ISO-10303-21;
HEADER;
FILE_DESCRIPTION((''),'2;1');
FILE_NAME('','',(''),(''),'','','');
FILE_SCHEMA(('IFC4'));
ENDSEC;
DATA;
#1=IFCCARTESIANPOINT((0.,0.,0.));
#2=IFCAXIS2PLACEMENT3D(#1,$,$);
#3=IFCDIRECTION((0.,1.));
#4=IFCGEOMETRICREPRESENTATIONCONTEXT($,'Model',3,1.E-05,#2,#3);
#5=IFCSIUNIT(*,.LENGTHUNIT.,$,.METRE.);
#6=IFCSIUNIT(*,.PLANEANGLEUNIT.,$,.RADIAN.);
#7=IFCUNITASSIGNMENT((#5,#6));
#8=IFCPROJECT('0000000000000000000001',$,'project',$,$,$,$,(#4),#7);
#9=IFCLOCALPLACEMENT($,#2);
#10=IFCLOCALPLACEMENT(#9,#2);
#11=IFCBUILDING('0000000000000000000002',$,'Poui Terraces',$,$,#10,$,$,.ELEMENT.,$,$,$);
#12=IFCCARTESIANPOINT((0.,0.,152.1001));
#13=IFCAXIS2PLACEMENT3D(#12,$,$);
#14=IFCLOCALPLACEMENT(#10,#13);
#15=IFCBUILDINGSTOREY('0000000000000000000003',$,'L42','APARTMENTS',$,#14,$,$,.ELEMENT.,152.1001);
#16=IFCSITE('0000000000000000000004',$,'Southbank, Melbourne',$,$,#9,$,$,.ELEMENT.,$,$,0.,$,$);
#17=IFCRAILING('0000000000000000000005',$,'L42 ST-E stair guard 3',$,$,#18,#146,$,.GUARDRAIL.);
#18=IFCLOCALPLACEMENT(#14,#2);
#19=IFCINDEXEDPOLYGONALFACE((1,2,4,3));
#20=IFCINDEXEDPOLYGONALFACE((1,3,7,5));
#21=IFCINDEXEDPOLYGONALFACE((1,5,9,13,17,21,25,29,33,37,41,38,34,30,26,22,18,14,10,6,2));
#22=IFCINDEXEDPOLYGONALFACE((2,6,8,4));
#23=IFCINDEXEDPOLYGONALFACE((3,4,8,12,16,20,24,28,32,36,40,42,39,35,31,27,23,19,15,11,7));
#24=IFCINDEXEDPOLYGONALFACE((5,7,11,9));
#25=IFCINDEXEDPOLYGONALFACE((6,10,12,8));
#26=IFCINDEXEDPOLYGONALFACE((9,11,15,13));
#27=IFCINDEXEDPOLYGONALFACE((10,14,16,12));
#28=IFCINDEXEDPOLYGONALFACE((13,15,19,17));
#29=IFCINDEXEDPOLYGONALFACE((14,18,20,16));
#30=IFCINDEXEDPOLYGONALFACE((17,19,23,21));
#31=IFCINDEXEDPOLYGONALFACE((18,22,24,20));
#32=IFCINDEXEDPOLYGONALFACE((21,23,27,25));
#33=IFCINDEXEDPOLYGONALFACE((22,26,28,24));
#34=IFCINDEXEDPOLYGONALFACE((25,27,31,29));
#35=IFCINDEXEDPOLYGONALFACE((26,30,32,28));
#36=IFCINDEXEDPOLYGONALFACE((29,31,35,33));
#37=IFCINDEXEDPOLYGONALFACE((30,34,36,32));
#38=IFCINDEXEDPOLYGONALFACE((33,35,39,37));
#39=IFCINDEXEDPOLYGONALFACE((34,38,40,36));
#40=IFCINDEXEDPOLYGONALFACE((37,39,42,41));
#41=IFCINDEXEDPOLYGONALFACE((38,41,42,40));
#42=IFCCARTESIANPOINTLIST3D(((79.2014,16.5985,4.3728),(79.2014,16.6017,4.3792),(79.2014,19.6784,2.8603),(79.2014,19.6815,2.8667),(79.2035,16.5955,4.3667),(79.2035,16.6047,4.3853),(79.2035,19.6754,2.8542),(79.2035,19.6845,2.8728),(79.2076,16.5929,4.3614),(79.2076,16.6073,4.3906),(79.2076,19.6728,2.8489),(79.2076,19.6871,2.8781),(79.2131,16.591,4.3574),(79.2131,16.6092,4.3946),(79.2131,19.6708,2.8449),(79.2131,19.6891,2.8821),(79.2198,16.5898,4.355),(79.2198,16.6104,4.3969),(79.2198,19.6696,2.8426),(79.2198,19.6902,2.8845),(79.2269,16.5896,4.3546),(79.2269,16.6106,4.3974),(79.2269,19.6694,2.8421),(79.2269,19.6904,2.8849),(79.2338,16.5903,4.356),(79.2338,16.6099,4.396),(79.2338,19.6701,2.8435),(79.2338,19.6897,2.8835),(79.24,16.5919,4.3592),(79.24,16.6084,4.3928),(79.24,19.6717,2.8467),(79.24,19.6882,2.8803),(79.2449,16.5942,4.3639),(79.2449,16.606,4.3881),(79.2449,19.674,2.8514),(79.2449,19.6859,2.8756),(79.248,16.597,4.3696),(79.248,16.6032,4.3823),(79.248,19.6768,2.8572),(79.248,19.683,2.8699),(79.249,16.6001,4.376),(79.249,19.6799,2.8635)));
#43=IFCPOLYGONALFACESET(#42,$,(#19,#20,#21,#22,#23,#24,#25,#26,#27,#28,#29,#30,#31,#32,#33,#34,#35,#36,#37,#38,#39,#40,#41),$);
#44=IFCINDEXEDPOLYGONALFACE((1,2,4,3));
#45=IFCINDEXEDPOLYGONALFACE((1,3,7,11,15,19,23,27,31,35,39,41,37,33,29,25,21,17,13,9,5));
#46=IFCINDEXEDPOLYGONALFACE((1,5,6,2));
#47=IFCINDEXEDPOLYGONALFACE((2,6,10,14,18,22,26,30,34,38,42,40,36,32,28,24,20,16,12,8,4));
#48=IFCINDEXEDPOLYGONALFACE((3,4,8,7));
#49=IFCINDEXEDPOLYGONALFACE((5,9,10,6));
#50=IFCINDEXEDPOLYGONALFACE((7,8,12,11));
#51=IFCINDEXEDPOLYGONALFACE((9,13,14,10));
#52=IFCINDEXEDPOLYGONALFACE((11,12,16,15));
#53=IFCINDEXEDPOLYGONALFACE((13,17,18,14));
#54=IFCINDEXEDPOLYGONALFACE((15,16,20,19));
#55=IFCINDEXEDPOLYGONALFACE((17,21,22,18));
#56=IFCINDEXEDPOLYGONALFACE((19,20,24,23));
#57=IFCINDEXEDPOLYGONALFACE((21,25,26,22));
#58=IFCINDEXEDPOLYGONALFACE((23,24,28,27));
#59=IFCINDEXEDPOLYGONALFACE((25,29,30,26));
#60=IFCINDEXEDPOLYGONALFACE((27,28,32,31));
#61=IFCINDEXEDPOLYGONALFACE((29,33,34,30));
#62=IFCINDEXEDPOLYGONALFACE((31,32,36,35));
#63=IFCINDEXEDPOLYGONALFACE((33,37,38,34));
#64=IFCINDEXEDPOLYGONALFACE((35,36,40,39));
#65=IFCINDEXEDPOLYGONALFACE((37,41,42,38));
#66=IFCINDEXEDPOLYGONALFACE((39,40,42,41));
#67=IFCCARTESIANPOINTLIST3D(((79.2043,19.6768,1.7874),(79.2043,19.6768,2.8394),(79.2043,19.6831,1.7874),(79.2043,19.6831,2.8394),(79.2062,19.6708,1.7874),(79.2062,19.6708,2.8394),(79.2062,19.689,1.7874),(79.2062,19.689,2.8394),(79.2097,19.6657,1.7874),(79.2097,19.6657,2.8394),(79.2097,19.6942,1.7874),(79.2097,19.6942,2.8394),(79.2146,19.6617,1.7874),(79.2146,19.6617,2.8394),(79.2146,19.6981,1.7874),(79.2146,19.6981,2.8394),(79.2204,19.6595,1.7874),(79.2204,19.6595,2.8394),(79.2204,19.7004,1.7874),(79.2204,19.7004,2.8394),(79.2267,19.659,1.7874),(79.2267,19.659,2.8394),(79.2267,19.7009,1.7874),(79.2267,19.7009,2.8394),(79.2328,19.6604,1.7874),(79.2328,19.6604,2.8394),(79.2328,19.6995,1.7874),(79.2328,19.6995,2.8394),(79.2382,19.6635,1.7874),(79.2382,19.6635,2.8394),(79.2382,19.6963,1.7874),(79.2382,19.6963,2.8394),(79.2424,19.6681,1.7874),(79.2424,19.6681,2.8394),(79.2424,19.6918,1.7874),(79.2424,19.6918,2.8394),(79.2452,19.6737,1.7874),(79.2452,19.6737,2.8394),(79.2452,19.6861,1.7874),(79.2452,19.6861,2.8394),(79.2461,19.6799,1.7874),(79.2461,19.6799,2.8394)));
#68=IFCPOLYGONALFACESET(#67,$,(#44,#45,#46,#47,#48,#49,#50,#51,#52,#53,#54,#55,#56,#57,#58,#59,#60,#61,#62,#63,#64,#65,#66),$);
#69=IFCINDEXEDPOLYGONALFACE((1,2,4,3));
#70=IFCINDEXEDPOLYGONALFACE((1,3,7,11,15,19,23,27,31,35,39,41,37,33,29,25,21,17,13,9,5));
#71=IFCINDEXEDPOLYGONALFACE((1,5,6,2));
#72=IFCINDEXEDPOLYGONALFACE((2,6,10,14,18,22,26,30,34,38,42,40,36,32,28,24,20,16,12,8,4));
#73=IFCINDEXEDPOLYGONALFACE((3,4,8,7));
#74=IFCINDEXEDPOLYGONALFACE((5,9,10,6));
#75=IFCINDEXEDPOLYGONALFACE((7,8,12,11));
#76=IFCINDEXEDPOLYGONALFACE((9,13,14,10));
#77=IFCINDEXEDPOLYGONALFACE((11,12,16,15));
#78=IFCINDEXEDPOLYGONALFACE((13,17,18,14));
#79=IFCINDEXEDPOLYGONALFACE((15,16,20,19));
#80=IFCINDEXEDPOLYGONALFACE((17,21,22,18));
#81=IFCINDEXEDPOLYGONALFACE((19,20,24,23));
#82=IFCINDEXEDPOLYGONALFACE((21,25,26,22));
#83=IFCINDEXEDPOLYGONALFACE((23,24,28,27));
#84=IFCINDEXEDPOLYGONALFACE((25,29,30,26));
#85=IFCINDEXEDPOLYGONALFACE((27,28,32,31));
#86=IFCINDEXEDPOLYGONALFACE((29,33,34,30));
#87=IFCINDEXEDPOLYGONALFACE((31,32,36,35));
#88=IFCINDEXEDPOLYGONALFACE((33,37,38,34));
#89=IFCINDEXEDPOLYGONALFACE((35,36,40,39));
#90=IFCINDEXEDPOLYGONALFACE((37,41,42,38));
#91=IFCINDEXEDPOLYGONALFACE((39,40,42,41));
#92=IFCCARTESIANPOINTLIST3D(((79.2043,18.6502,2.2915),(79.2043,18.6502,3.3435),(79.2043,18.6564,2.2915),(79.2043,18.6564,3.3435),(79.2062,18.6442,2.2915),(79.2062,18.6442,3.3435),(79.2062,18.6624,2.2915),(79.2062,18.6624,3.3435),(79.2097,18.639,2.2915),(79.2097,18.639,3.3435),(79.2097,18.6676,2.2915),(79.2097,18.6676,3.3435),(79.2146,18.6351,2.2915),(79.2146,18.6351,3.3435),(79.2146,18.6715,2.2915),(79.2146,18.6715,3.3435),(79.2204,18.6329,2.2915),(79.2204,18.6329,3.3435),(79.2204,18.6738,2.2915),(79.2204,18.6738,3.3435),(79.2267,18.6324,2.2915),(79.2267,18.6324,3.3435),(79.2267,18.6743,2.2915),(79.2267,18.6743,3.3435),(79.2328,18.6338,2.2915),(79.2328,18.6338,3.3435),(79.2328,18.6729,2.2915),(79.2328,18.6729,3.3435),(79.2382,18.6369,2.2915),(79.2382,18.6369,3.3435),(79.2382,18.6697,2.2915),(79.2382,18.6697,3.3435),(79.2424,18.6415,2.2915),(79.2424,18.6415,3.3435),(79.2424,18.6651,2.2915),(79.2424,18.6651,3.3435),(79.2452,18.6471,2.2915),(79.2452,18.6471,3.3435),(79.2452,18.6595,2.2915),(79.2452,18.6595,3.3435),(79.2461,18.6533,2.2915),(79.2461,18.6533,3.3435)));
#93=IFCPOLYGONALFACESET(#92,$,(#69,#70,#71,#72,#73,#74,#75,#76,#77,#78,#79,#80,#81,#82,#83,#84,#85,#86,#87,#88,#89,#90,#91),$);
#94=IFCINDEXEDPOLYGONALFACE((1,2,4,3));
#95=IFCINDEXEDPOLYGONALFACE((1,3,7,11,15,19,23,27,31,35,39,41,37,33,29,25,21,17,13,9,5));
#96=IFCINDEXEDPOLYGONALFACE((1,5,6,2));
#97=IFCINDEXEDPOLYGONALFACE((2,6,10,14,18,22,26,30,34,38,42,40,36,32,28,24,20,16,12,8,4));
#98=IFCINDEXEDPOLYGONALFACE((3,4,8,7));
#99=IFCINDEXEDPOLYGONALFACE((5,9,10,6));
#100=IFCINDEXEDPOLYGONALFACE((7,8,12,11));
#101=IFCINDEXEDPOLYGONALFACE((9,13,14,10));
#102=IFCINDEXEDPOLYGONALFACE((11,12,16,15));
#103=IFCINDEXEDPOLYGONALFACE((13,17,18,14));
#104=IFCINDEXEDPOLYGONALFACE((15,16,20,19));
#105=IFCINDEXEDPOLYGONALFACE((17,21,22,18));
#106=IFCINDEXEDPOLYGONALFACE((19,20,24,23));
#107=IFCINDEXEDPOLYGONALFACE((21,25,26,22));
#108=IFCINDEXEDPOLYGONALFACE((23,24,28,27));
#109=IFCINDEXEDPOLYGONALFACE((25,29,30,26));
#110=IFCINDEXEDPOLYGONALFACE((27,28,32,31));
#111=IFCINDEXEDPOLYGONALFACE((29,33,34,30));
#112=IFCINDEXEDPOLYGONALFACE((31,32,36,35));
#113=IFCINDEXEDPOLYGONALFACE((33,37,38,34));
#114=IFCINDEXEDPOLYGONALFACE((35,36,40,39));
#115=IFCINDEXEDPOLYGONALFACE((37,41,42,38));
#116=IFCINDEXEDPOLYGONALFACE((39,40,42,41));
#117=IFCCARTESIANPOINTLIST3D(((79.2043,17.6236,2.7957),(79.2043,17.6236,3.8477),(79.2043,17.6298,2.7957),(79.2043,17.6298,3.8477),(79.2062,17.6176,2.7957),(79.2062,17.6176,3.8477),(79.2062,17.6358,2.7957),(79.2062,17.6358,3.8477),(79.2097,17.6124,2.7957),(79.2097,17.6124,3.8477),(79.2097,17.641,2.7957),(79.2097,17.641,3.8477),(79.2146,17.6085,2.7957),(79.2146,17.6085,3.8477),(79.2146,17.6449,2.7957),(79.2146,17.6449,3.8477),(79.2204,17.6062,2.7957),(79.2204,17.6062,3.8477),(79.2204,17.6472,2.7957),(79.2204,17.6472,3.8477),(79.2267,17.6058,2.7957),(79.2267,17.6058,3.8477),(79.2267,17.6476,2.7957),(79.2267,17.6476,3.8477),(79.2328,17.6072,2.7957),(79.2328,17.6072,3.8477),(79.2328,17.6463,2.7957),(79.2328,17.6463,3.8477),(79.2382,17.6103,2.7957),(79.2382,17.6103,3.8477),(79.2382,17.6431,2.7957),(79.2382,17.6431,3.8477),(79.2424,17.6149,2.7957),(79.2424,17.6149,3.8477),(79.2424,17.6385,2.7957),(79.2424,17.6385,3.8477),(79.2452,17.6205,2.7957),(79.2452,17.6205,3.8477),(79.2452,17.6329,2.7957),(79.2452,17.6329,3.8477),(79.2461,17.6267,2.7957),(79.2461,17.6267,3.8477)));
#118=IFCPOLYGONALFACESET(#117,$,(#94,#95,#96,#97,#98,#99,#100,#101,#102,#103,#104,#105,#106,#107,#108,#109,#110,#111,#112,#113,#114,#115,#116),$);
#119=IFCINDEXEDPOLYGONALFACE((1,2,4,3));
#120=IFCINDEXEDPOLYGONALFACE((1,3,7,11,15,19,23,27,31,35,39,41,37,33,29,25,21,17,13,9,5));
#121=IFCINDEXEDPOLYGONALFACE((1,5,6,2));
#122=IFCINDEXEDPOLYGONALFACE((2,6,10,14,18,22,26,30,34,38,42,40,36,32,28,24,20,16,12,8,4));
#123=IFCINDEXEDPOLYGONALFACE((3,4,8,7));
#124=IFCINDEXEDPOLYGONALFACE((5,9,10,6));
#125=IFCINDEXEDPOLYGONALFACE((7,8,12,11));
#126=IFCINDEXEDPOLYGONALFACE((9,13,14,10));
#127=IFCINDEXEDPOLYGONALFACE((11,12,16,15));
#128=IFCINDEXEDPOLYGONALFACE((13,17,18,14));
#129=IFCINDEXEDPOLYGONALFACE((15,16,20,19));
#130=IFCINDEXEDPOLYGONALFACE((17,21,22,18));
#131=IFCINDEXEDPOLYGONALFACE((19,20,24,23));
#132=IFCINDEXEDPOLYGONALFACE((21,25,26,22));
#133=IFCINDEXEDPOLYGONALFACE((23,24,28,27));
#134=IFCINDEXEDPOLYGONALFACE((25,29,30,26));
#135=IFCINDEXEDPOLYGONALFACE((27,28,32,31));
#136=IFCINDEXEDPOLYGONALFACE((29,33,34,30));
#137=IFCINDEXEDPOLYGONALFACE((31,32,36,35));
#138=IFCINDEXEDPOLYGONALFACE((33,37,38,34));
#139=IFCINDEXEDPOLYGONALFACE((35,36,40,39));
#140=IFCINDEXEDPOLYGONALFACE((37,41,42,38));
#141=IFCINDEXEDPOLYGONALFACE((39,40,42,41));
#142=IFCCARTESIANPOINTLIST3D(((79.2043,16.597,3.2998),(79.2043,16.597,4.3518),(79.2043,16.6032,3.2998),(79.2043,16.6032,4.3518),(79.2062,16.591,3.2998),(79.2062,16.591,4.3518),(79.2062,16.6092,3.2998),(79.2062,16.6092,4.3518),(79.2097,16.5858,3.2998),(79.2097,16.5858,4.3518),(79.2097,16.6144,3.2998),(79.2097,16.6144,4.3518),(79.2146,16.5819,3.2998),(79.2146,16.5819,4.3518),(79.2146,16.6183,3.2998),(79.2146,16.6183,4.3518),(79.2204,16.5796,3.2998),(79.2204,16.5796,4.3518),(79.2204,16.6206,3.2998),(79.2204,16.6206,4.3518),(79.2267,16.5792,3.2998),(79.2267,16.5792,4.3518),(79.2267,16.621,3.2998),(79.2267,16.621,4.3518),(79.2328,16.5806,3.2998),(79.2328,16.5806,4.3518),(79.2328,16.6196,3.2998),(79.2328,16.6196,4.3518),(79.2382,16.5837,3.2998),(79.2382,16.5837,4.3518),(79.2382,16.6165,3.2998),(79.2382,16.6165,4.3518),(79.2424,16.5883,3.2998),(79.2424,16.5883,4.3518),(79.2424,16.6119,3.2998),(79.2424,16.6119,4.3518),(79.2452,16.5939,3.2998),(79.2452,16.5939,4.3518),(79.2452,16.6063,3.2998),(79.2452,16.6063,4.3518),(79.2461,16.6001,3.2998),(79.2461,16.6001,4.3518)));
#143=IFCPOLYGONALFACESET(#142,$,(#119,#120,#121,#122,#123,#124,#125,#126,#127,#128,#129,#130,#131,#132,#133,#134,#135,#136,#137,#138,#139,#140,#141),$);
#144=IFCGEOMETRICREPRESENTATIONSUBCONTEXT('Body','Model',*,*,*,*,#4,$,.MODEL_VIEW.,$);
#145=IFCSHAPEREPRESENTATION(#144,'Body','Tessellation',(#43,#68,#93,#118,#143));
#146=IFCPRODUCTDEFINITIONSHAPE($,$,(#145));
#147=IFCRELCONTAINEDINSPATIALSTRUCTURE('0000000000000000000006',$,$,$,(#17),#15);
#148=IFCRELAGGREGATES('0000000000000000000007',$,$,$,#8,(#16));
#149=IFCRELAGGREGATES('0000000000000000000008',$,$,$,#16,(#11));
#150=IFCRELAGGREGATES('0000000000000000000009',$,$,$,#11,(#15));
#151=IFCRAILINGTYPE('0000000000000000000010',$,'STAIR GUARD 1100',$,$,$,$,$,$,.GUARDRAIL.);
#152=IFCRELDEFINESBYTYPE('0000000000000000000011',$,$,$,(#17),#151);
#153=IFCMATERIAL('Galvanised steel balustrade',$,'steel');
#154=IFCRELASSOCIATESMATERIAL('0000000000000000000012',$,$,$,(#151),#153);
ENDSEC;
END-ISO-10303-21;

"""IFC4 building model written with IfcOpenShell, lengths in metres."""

from ifc_helpers import new_model, si_unit, direction, frame, origin, origin_2d, place, context, subcontext, project, spatial, circle, extrude, material, type_object, element, save


model = new_model("IFC4")

# Units and contexts
model_context = context("Model", 3, precision=1e-05, world=origin(), true_north=direction((0.0, 1.0)))
body_context = subcontext(model_context, "Body", "Model", "MODEL_VIEW")
ifc_project = project(units=[si_unit("LENGTHUNIT", "METRE"), si_unit("PLANEANGLEUNIT", "RADIAN")], contexts=[model_context])

# Site, building, storey
site_placement = place(None, origin())
site = spatial("IfcSite", under=ifc_project, at=site_placement, Name="Southbank, Melbourne", CompositionType="ELEMENT", RefElevation=0.0)
building_placement = place(site_placement, origin())
building = spatial("IfcBuilding", under=site, at=building_placement, Name="Poui Terraces", CompositionType="ELEMENT")
storey_placement = place(building_placement, frame((0.0, 0.0, 152.1001)))
storey = spatial("IfcBuildingStorey", under=building, at=storey_placement, Name="L42", Description="APARTMENTS", CompositionType="ELEMENT", Elevation=152.1001)

# Railing
ifc_material_1 = material(Name="Galvanised steel balustrade", Category="steel")
railing_type = type_object("IfcRailingType", Name="STAIR GUARD 1100", PredefinedType="GUARDRAIL", material=ifc_material_1)
railing_placement = place(storey_placement, frame((79.2251, 19.6799, 1.7874)))
element("IfcRailing", 1, at=railing_placement, inside=storey, type_object=railing_type, Name="L42 ST-E stair guard 3", PredefinedType="GUARDRAIL", context=body_context, shape_type="SweptSolid", body=[
    extrude(circle(Radius=0.0239, at=origin_2d()), frame((0.0, 0.0, 1.0762), z_axis=(0.0, -0.897606, 0.440798), x_axis=(1.0, 0.0, 0.0)), (0.0, 0.0, 1.0), 3.4312),
    extrude(circle(Radius=0.021, at=origin_2d()), origin(), (0.0, 0.0, 1.0), 1.052),
    extrude(circle(Radius=0.021, at=origin_2d()), frame((0.0, -1.0266, 0.5042)), (0.0, 0.0, 1.0), 1.052),
    extrude(circle(Radius=0.021, at=origin_2d()), frame((0.0, -2.0532, 1.0083)), (0.0, 0.0, 1.0), 1.052),
    extrude(circle(Radius=0.021, at=origin_2d()), frame((0.0, -3.0798, 1.5125)), (0.0, 0.0, 1.0), 1.052),
])

save(model, "model.ifc")
